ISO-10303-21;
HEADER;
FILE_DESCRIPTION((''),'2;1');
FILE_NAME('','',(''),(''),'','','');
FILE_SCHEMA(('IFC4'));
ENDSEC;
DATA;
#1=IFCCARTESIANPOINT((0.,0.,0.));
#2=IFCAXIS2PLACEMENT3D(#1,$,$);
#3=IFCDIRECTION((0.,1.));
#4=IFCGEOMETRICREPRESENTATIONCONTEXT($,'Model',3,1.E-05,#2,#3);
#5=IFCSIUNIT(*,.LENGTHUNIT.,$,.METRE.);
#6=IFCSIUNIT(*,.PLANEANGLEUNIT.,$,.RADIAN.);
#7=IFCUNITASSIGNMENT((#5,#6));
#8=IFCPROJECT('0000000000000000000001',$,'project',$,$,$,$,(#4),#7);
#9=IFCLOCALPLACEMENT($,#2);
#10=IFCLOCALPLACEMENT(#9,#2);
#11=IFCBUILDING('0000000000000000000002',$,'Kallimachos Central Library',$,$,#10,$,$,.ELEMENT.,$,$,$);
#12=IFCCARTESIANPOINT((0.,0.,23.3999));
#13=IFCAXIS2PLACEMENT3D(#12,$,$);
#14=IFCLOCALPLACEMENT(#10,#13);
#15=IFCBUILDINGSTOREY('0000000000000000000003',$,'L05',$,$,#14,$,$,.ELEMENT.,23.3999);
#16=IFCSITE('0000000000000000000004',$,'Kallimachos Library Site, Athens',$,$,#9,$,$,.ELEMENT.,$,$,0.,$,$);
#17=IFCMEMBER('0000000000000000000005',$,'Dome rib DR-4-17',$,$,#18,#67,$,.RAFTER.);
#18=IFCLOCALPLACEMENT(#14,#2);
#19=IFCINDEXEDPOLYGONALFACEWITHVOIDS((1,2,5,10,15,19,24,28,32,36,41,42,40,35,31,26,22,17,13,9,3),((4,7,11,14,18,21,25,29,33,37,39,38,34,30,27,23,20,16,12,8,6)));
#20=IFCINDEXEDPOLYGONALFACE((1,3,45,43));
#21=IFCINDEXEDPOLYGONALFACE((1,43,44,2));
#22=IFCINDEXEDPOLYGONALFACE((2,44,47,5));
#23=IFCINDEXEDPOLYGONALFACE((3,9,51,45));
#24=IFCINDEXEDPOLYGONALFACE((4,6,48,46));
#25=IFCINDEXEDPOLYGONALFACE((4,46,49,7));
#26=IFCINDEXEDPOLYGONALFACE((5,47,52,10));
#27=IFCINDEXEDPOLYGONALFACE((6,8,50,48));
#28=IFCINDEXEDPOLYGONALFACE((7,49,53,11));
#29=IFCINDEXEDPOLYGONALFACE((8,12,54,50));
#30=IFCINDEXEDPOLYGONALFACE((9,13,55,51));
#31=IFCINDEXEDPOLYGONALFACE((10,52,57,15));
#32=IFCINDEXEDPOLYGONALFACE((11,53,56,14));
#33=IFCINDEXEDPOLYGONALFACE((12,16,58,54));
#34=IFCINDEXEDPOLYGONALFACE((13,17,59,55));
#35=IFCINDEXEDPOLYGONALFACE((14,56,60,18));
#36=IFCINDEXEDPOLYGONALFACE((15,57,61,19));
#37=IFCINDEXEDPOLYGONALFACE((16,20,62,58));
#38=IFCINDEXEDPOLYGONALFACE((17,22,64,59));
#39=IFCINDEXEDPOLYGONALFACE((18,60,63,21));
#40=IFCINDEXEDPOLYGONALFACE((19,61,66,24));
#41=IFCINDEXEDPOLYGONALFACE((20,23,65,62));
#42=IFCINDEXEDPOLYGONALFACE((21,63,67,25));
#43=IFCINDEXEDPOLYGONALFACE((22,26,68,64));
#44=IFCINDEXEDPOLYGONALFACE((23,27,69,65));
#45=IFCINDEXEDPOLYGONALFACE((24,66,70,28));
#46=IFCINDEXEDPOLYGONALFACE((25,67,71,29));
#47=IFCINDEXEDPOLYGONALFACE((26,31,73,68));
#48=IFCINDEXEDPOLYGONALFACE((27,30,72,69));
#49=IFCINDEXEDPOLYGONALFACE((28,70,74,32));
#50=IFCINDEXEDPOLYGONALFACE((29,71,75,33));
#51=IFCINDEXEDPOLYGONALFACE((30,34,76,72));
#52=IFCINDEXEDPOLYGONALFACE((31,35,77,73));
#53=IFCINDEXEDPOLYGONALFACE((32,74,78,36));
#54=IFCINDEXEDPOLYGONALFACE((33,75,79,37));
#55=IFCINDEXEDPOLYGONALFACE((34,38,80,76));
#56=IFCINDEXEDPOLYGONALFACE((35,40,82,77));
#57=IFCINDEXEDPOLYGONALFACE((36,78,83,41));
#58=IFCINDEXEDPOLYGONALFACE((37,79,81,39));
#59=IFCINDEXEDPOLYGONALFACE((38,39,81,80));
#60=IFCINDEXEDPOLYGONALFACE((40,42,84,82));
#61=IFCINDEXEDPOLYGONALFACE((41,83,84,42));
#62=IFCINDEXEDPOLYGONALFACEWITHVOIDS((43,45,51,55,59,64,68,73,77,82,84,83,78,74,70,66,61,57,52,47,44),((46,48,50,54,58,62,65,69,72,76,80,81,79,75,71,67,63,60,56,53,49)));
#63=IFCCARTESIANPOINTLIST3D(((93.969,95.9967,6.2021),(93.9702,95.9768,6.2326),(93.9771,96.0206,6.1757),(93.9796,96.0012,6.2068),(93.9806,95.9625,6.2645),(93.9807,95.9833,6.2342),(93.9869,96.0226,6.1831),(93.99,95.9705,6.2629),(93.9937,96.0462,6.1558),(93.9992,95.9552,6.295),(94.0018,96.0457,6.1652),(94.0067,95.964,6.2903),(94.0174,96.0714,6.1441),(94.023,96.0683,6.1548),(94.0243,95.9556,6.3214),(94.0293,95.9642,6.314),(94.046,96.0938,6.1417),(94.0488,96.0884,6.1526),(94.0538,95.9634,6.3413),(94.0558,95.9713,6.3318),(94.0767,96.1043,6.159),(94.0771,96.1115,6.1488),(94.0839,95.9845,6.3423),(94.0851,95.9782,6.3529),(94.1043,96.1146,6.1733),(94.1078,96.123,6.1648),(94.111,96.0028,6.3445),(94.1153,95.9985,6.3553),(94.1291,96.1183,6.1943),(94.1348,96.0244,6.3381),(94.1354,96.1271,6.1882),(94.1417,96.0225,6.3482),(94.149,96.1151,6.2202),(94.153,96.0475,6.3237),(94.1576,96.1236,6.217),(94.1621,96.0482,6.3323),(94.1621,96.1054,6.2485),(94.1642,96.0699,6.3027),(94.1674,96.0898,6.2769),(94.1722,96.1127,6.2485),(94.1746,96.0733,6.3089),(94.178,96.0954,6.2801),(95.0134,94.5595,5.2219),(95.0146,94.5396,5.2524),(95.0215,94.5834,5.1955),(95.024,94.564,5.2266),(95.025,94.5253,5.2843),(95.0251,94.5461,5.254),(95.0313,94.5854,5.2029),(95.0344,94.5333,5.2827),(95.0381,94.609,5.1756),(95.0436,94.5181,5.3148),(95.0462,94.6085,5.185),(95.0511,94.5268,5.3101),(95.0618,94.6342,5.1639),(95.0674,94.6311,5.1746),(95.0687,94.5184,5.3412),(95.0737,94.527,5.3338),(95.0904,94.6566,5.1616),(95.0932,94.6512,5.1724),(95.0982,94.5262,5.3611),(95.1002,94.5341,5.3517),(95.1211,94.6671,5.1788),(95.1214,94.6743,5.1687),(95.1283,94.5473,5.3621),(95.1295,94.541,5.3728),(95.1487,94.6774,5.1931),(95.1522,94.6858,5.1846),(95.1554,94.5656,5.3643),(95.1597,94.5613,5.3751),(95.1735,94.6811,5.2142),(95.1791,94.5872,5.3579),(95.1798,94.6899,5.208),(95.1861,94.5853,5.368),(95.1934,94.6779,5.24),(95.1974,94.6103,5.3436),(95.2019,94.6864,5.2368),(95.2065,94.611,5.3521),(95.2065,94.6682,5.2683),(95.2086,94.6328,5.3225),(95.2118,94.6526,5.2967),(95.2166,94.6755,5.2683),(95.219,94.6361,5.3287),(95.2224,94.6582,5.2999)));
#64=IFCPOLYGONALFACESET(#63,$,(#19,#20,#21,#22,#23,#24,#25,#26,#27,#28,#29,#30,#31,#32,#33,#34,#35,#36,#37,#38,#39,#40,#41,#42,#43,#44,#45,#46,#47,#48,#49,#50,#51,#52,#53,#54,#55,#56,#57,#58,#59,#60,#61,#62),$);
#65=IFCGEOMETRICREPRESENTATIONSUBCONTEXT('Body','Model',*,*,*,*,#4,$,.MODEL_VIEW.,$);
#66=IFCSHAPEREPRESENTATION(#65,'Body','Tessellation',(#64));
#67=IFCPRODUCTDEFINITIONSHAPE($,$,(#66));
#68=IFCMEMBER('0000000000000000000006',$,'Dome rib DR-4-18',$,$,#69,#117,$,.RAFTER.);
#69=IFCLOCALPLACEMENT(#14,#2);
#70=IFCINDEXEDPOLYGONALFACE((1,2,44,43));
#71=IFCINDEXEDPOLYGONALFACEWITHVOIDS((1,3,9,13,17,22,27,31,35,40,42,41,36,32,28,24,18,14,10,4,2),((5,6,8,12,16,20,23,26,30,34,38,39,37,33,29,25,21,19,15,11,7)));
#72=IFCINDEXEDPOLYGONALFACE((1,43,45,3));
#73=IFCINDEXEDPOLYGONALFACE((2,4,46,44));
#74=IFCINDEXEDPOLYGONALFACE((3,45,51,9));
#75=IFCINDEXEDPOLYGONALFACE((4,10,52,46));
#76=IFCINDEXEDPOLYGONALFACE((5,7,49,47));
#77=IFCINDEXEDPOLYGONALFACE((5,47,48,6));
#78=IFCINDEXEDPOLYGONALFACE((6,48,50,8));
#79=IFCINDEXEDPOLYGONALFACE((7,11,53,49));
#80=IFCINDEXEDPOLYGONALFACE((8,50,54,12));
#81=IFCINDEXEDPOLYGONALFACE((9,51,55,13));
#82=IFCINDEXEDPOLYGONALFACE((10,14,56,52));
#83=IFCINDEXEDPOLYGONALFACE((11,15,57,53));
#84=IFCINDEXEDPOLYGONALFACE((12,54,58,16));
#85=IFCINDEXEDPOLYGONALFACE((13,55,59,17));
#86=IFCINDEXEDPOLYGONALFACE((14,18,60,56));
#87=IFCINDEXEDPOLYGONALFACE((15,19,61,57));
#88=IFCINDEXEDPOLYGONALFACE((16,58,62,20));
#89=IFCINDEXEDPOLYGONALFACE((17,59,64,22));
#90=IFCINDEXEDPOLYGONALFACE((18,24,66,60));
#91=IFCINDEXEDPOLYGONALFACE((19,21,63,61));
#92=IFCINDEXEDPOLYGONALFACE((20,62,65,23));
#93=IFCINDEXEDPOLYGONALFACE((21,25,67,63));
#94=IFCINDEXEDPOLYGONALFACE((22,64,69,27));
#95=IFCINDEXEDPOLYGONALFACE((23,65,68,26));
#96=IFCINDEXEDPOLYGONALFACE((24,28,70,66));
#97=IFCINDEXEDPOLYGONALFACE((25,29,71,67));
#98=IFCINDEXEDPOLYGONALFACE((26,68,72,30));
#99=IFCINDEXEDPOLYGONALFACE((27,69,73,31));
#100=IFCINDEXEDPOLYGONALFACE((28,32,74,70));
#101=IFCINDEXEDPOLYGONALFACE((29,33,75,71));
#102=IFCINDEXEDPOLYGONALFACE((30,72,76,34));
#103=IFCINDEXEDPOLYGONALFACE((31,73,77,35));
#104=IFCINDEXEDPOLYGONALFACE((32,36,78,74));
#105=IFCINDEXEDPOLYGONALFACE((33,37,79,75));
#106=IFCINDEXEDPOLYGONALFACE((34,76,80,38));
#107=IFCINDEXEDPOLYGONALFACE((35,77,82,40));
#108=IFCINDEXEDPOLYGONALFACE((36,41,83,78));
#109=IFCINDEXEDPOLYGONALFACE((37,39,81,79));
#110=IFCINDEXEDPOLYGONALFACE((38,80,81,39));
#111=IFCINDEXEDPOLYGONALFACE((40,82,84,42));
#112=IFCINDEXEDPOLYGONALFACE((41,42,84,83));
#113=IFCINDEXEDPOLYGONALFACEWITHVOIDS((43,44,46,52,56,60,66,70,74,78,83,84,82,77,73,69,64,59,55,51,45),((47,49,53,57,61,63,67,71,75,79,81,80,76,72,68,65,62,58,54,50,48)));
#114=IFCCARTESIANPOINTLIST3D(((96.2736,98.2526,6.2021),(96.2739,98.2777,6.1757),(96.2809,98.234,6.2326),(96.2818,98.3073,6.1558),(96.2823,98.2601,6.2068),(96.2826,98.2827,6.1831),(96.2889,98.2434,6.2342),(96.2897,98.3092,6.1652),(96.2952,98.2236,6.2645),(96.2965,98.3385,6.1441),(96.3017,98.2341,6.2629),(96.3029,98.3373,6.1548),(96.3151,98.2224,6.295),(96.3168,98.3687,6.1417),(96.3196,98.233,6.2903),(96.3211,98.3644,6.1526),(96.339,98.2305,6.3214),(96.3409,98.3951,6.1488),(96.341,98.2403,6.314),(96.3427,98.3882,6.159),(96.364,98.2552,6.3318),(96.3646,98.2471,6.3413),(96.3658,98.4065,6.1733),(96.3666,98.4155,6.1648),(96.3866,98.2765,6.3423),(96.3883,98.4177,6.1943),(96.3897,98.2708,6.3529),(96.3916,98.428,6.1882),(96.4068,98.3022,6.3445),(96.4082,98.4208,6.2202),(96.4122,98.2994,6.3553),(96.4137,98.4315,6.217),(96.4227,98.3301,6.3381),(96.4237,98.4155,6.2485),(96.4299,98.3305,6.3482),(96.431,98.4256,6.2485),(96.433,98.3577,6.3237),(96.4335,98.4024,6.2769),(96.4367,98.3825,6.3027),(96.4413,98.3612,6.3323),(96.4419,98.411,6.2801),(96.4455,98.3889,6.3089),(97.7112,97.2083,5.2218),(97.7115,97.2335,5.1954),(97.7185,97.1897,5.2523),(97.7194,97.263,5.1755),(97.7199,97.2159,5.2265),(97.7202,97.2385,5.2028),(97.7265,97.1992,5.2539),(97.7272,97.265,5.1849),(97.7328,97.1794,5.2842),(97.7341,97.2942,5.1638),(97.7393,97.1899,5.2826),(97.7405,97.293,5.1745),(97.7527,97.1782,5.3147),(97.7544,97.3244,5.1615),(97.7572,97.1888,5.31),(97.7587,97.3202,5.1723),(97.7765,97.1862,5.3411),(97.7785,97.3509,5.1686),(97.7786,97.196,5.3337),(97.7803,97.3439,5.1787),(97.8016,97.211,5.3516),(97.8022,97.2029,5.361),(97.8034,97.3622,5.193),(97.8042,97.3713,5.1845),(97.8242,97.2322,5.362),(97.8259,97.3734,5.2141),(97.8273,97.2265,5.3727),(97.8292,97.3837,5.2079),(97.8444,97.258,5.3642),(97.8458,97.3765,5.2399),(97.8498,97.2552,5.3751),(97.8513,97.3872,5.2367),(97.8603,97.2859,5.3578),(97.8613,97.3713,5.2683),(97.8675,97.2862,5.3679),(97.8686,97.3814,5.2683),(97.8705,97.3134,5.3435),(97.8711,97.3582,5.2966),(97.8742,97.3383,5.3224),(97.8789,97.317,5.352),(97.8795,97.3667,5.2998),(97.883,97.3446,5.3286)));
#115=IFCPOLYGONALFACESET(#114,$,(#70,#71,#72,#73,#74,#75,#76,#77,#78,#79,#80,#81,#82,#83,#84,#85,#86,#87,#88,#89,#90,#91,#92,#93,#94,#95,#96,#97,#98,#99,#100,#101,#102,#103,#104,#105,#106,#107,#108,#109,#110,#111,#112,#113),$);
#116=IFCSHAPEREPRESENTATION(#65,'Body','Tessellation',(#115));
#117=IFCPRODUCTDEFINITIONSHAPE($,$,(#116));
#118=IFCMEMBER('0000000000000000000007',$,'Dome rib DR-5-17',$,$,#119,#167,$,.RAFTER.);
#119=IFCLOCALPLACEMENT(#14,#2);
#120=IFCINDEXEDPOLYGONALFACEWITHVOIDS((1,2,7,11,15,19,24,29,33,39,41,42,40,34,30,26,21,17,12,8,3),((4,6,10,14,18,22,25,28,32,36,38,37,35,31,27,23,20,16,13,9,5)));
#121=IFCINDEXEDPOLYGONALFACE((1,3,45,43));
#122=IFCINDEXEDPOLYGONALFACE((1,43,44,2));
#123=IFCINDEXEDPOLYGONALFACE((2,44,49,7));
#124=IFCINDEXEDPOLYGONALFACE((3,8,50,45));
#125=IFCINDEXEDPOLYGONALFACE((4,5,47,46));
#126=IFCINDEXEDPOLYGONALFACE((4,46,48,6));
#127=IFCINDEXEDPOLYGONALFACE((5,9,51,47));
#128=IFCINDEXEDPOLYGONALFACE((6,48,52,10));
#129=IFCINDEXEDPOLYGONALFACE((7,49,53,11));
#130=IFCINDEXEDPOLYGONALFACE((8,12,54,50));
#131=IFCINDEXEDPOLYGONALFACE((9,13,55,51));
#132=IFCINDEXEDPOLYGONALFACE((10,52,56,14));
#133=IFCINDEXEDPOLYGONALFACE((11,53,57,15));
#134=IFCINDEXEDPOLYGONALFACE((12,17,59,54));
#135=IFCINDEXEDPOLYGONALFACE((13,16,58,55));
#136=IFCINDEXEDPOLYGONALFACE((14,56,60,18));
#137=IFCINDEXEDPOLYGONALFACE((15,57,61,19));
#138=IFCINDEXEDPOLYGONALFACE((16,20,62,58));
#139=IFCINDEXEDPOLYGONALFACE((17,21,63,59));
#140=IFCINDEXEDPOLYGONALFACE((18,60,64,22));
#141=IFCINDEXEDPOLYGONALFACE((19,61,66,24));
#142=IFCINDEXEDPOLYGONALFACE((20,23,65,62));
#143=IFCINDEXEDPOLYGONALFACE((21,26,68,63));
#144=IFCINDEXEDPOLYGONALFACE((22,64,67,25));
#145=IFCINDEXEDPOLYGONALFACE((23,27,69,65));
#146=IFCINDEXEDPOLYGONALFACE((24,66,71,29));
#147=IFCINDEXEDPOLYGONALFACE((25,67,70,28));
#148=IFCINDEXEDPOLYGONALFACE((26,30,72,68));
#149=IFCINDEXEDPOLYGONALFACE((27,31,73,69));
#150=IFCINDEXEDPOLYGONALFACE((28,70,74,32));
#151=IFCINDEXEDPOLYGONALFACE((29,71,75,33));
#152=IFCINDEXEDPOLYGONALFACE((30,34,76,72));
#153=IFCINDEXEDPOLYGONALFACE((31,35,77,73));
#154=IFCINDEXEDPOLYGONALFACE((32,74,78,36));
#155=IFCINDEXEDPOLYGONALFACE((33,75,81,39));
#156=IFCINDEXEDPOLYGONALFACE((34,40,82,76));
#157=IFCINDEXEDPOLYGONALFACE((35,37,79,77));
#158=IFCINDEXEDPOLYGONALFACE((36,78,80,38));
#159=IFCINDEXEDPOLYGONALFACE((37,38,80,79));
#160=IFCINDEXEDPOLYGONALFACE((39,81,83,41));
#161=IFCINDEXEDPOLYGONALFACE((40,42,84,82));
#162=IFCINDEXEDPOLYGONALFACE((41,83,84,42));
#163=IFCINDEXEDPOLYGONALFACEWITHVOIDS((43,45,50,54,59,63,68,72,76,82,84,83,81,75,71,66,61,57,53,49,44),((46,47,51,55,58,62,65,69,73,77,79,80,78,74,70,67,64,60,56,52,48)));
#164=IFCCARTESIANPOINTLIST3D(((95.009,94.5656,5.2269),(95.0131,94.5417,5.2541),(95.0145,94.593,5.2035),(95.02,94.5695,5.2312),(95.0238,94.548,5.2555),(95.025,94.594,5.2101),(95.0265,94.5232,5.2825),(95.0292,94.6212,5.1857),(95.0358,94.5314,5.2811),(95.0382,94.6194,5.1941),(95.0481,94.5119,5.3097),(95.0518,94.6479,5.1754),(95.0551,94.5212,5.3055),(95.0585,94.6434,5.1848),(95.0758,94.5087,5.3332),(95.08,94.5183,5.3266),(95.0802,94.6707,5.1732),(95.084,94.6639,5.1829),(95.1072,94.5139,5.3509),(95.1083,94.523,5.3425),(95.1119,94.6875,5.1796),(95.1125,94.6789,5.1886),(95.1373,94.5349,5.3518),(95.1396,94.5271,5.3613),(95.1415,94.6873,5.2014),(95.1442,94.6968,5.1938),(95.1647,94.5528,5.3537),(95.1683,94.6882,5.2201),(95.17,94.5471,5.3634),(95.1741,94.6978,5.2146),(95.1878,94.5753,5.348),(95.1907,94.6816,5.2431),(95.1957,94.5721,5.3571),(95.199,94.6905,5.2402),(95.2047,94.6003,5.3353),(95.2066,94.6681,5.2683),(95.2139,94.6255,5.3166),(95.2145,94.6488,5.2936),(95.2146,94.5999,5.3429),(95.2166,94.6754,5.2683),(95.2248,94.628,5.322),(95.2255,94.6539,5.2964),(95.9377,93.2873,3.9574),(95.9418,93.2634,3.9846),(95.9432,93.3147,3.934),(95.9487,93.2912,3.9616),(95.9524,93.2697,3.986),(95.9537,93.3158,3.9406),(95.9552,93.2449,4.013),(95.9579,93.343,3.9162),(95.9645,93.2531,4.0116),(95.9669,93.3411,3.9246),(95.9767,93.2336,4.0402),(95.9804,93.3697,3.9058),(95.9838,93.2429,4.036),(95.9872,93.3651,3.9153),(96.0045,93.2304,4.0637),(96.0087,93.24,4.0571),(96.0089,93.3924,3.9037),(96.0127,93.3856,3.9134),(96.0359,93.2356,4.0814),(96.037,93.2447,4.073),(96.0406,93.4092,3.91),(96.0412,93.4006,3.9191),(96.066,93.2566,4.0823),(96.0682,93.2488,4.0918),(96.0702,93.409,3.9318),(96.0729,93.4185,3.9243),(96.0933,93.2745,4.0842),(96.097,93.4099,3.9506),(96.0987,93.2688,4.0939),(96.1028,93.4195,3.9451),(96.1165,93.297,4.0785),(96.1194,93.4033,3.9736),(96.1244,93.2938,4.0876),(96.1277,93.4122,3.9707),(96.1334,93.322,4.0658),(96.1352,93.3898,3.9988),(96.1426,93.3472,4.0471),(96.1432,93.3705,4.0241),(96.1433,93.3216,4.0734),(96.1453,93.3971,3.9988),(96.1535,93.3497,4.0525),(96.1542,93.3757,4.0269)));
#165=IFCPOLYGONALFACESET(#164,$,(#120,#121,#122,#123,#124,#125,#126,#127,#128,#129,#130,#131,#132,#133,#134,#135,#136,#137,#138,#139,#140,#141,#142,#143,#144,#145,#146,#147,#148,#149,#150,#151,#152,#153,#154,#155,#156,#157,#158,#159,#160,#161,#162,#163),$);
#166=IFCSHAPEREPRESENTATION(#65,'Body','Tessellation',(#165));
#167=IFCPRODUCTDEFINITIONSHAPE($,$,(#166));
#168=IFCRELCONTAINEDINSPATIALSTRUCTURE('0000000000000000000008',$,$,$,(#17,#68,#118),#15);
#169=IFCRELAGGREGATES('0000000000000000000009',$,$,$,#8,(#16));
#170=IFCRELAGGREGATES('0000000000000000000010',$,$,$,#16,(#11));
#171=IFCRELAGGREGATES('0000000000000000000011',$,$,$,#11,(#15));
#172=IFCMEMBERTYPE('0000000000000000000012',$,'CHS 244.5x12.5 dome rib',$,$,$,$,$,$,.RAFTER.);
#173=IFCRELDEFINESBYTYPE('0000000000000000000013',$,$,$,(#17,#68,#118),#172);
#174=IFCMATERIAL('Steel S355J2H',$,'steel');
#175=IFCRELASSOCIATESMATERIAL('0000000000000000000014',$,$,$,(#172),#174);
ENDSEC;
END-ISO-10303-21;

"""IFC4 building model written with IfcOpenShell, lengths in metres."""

from ifc_helpers import new_model, si_unit, direction, frame, origin, origin_2d, place, context, subcontext, project, spatial, hollow_circle, extrude, material, material_profile, profile_set, type_object, element, save


model = new_model("IFC4")

# Units and contexts
model_context = context("Model", 3, precision=1e-05, world=origin(), true_north=direction((0.0, 1.0)))
body_context = subcontext(model_context, "Body", "Model", "MODEL_VIEW")
ifc_project = project(units=[si_unit("LENGTHUNIT", "METRE"), si_unit("PLANEANGLEUNIT", "RADIAN")], contexts=[model_context])

# Site, building, storey
site_placement = place(None, origin())
site = spatial("IfcSite", under=ifc_project, at=site_placement, Name="Kallimachos Library Site, Athens", CompositionType="ELEMENT", RefElevation=0.0)
building_placement = place(site_placement, origin())
building = spatial("IfcBuilding", under=site, at=building_placement, Name="Kallimachos Central Library", CompositionType="ELEMENT")
storey_placement = place(building_placement, frame((0.0, 0.0, 23.3999)))
storey = spatial("IfcBuildingStorey", under=building, at=storey_placement, Name="L05", CompositionType="ELEMENT", Elevation=23.3999)

# Members
ifc_material_1 = material(Name="Steel S355J2H", Category="steel")
ifc_material_profile_1 = material_profile(ifc_material_1, hollow_circle(Radius=0.1223, WallThickness=0.0125, at=origin_2d()), Name="CHS 244.5x12.5")
ifc_profile_set_1 = profile_set([ifc_material_profile_1], Name="Steel S355J2H")
member_type_1 = type_object("IfcMemberType", Name="CHS 244.5x12.5 dome rib", PredefinedType="RAFTER", material=ifc_profile_set_1)
member_1_placement = place(storey_placement, frame((94.0732, 96.0408, 6.2485), z_axis=(0.514719, -0.70831, -0.483075), x_axis=(0.808962, 0.587861, 0.0)))
element("IfcMember", 1, at=member_1_placement, inside=storey, type_object=member_type_1, Name="Dome rib DR-4-17", PredefinedType="RAFTER", context=body_context, shape_type="SweptSolid", body=[
    extrude(hollow_circle(Radius=0.1223, WallThickness=0.0125, at=origin_2d()), origin(), (0.0, 0.0, 1.0), 2.0291),
])
member_2_placement = place(storey_placement, frame((96.3591, 98.3267, 6.2485), z_axis=(0.708414, -0.514586, -0.483064), x_axis=(0.587706, 0.809075, 0.0)))
element("IfcMember", 2, at=member_2_placement, inside=storey, type_object=member_type_1, Name="Dome rib DR-4-18", PredefinedType="RAFTER", context=body_context, shape_type="SweptSolid", body=[
    extrude(hollow_circle(Radius=0.1223, WallThickness=0.0125, at=origin_2d()), origin(), (0.0, 0.0, 1.0), 2.0293),
])
for number, where, z_axis, x_axis, name in (
    (3, (95.1177, 94.6035, 5.2683), (0.458193, -0.630678, -0.626342), (0.80903, 0.587767, 0.0), "Dome rib DR-5-17"),
):
    element("IfcMember", number, at=place(storey_placement, frame(where, z_axis=z_axis, x_axis=x_axis)), inside=storey, type_object=member_type_1, Name=name, PredefinedType="RAFTER", context=body_context, shape_type="SweptSolid", body=[
        extrude(hollow_circle(Radius=0.1223, WallThickness=0.0125, at=origin_2d()), origin(), (0.0, 0.0, 1.0), 2.0269),
    ])

save(model, "model.ifc")
